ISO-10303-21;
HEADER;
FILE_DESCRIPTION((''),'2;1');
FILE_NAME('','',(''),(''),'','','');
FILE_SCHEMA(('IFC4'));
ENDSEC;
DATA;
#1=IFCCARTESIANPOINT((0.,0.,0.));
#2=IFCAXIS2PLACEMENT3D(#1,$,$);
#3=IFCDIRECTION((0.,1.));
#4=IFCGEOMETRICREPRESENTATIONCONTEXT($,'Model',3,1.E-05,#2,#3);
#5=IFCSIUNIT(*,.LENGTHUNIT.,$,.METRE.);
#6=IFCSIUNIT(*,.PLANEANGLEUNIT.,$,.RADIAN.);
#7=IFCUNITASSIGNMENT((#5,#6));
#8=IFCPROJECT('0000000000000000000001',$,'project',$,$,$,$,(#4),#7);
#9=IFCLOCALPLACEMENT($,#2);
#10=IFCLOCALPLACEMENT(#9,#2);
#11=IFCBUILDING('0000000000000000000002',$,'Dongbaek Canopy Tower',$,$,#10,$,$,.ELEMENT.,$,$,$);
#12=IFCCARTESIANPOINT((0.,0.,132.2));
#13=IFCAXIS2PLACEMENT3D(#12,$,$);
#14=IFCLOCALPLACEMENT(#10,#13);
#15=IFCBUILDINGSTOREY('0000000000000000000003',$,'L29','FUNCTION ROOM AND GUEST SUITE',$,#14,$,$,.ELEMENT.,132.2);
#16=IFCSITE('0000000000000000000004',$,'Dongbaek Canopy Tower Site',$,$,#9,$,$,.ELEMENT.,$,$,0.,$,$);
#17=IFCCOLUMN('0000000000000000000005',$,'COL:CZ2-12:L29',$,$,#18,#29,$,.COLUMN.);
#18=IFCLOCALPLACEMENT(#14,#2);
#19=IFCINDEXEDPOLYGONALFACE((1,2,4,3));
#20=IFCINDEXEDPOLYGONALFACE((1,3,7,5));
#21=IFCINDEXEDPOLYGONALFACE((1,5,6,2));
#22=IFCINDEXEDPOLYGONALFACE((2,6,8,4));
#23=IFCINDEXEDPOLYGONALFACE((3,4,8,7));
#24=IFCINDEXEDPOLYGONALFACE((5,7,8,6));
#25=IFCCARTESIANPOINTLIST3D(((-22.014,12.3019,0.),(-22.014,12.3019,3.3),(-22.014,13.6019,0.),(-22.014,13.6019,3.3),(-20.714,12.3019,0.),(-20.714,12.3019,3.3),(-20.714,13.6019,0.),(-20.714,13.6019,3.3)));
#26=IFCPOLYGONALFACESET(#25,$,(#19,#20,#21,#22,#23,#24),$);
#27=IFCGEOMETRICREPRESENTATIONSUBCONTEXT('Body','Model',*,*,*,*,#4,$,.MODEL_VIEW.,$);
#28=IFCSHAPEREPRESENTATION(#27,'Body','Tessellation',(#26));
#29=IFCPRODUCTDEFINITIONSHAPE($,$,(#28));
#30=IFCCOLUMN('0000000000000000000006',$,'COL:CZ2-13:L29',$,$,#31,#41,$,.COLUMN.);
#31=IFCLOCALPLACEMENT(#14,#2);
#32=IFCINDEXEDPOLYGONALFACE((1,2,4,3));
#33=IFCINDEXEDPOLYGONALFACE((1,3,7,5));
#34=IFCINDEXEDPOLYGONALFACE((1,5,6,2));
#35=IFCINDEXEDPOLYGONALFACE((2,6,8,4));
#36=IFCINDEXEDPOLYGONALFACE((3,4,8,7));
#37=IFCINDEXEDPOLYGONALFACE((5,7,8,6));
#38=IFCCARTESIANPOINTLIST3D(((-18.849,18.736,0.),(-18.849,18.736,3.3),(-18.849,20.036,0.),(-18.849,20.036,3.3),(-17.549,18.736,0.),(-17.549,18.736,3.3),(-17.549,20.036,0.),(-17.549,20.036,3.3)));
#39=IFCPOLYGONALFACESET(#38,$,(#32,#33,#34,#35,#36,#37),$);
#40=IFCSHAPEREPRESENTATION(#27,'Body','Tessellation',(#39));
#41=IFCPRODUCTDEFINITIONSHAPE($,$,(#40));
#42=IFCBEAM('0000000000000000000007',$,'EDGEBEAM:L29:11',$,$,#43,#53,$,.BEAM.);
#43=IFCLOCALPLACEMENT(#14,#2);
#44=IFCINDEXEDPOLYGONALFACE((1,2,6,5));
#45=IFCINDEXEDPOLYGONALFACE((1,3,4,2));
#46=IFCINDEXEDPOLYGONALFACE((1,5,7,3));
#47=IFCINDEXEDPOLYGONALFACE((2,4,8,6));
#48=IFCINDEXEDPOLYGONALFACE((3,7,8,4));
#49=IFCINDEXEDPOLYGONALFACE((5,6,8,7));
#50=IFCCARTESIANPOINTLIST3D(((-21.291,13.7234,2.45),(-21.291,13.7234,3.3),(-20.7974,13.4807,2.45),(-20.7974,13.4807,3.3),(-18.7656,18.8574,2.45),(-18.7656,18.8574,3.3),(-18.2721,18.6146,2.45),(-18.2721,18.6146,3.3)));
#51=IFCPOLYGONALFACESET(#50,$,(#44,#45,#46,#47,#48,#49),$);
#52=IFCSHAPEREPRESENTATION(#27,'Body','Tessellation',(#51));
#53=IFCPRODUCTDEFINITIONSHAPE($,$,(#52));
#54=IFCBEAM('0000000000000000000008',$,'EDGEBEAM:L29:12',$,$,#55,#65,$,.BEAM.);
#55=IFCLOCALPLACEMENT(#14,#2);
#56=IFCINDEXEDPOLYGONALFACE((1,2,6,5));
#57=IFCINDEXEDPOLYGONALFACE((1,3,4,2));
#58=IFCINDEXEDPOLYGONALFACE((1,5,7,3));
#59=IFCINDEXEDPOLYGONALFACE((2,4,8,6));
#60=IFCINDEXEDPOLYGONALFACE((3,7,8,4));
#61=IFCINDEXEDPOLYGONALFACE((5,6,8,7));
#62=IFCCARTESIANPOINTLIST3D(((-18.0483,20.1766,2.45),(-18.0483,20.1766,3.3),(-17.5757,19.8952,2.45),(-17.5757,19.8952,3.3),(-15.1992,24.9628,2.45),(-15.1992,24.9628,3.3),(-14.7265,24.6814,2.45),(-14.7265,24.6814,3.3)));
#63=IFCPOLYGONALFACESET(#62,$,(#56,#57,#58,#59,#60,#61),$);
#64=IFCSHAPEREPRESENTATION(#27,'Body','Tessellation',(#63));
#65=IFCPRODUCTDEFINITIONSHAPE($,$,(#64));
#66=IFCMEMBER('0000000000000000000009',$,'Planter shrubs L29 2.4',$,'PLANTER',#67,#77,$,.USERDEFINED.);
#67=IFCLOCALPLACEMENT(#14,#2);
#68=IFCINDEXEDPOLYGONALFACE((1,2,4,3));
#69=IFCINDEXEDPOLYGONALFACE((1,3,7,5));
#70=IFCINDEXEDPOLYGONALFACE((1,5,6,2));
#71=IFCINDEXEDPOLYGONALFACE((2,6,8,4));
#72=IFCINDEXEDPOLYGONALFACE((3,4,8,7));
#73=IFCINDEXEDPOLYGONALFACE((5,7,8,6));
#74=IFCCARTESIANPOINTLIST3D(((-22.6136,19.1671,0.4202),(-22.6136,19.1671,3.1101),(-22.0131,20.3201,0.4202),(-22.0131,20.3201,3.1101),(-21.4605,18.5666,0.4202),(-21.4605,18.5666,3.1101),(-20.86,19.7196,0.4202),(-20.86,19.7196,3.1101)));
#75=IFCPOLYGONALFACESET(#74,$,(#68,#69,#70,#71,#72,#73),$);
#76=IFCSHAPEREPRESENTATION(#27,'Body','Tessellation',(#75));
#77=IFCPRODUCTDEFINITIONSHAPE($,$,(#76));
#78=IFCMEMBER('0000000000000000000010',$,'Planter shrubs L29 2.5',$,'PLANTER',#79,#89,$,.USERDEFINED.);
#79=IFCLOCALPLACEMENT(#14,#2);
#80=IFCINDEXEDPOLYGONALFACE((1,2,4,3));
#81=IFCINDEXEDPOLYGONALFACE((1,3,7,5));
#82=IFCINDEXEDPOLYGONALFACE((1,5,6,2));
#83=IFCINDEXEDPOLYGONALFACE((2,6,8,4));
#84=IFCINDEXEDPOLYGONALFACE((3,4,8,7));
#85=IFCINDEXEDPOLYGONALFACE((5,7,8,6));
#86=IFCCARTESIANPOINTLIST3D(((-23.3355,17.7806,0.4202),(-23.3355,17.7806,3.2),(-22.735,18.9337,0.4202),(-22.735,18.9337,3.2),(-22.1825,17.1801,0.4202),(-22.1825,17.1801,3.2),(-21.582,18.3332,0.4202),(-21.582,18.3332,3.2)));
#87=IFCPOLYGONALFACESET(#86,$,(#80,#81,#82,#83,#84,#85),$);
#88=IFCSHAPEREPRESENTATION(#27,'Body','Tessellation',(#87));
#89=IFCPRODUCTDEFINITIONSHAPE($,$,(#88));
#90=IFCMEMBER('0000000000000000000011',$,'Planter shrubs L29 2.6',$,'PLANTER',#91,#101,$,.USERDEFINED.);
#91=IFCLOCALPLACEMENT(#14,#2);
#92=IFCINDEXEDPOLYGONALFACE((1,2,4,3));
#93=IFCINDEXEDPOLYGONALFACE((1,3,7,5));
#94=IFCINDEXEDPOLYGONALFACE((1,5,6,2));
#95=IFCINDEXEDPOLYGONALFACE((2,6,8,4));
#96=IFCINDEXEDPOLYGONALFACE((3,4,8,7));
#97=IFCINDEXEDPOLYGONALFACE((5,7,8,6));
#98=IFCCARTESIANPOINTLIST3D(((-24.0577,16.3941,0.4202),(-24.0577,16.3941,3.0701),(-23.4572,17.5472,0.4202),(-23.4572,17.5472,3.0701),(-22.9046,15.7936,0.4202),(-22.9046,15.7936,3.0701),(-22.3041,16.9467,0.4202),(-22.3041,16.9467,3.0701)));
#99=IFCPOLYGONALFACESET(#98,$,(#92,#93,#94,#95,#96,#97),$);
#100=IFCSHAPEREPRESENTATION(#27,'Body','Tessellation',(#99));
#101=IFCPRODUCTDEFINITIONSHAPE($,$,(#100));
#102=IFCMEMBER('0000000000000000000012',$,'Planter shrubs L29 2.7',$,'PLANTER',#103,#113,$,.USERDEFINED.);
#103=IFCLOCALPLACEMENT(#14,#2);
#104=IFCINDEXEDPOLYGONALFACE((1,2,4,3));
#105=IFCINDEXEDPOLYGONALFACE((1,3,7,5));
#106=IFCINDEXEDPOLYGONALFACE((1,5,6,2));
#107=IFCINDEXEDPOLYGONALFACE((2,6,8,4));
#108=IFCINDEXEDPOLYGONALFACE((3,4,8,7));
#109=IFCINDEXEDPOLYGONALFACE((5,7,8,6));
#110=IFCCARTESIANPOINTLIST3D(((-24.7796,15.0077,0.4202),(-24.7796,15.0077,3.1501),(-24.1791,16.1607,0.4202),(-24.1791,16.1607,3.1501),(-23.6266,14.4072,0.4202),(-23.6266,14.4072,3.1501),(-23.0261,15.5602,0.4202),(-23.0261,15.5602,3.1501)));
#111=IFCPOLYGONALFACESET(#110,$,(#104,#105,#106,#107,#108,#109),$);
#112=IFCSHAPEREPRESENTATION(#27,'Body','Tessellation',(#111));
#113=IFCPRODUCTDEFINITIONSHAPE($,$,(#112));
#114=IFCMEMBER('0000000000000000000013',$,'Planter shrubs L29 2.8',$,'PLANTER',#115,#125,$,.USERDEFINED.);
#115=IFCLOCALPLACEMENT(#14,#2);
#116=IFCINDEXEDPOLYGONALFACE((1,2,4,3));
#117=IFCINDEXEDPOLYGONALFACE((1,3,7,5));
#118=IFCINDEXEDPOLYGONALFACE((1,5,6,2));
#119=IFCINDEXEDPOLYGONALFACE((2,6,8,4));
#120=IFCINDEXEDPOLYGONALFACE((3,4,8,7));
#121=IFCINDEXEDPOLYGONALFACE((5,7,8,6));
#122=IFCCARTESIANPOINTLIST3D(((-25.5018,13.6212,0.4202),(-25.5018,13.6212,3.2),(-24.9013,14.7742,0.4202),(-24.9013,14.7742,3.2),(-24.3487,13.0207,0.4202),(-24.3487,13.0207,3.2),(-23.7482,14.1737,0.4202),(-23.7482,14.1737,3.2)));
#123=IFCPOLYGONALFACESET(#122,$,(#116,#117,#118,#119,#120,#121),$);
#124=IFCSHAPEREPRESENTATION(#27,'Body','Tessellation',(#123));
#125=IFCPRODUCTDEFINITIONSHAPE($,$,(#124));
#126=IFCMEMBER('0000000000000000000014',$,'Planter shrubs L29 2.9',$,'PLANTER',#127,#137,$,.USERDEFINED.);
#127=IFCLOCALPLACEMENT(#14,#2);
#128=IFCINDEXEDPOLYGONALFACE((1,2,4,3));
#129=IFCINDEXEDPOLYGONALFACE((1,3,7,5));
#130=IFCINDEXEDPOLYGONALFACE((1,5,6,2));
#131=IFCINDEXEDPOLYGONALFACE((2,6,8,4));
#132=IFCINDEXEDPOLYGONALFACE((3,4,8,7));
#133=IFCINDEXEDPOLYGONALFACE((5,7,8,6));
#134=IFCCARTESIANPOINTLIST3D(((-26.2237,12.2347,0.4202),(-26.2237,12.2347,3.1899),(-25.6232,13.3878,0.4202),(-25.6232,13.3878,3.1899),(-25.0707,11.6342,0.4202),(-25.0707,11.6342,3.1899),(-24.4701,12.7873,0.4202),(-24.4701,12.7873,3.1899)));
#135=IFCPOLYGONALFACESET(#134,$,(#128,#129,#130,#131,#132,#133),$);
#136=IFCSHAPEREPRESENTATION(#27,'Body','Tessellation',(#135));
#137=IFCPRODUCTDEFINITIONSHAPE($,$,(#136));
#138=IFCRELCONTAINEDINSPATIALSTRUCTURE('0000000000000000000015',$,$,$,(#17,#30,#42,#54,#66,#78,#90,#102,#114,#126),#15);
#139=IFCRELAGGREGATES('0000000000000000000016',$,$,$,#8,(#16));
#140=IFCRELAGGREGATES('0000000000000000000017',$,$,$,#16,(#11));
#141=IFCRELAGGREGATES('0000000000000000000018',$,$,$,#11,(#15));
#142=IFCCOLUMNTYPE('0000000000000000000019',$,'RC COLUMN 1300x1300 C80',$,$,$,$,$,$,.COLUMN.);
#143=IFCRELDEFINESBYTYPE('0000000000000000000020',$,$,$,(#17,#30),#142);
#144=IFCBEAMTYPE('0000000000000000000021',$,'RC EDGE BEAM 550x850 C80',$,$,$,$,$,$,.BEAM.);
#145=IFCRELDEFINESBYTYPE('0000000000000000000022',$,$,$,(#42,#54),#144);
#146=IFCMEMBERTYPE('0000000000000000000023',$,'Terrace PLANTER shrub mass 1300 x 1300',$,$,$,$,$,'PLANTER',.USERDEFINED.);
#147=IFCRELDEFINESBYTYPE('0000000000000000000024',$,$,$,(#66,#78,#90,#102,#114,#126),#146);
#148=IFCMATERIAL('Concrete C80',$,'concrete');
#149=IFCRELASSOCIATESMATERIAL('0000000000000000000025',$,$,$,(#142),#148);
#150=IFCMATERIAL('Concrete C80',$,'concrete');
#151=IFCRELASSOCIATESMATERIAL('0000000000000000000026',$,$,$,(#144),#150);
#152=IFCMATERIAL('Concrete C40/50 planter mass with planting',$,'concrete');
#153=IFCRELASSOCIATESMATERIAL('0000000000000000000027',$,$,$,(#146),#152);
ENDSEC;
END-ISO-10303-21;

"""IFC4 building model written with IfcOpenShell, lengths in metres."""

from ifc_helpers import new_model, si_unit, direction, frame, origin, origin_2d, place, context, subcontext, project, spatial, rectangle, extrude, material, material_profile, profile_set, type_object, element, save


model = new_model("IFC4")

# Units and contexts
model_context = context("Model", 3, precision=1e-05, world=origin(), true_north=direction((0.0, 1.0)))
body_context = subcontext(model_context, "Body", "Model", "MODEL_VIEW")
ifc_project = project(units=[si_unit("LENGTHUNIT", "METRE"), si_unit("PLANEANGLEUNIT", "RADIAN")], contexts=[model_context])

# Site, building, storey
site_placement = place(None, origin())
site = spatial("IfcSite", under=ifc_project, at=site_placement, Name="Dongbaek Canopy Tower Site", CompositionType="ELEMENT", RefElevation=0.0)
building_placement = place(site_placement, origin())
building = spatial("IfcBuilding", under=site, at=building_placement, Name="Dongbaek Canopy Tower", CompositionType="ELEMENT")
storey_placement = place(building_placement, frame((0.0, 0.0, 132.2)))
storey = spatial("IfcBuildingStorey", under=building, at=storey_placement, Name="L29", Description="FUNCTION ROOM AND GUEST SUITE", CompositionType="ELEMENT", Elevation=132.2)

# Columns
ifc_material_1 = material(Name="Concrete C80", Category="concrete")
ifc_material_profile_1 = material_profile(ifc_material_1, rectangle(XDim=1.3, YDim=1.3, at=origin_2d()), Name="RC COLUMN 1300x1300 C80")
ifc_profile_set_1 = profile_set([ifc_material_profile_1], Name="Concrete C80")
column_type = type_object("IfcColumnType", Name="RC COLUMN 1300x1300 C80", PredefinedType="COLUMN", material=ifc_profile_set_1)
for number, where, z_axis, x_axis, name in (
    (1, (-21.364, 12.9519, 0.0), (0.0, 0.0, 1.0), (1.0, 0.0, 0.0), "COL:CZ2-12:L29"),
    (2, (-18.199, 19.386, 0.0), (0.0, 0.0, 1.0), (1.0, 0.0, 0.0), "COL:CZ2-13:L29"),
):
    element("IfcColumn", number, at=place(storey_placement, frame(where, z_axis=z_axis, x_axis=x_axis)), inside=storey, type_object=column_type, Name=name, PredefinedType="COLUMN", context=body_context, shape_type="SweptSolid", body=[
        extrude(rectangle(XDim=1.3, YDim=1.3, at=origin_2d()), origin(), (0.0, 0.0, 1.0), 3.3),
    ])

# Beams
ifc_material_2 = material(Name="Concrete C80", Category="concrete")
ifc_material_profile_2 = material_profile(ifc_material_2, rectangle(XDim=0.55, YDim=0.8501, at=origin_2d()), Name="RC EDGE BEAM 550x850 C80")
ifc_profile_set_2 = profile_set([ifc_material_profile_2], Name="Concrete C80")
beam_type = type_object("IfcBeamType", Name="RC EDGE BEAM 550x850 C80", PredefinedType="BEAM", material=ifc_profile_set_2)
beam_1_placement = place(storey_placement, frame((-21.0442, 13.6021, 2.875), z_axis=(0.441384, 0.897318, 0.0), x_axis=(-0.897318, 0.441384, 0.0)))
element("IfcBeam", 3, at=beam_1_placement, inside=storey, type_object=beam_type, Name="EDGEBEAM:L29:11", PredefinedType="BEAM", context=body_context, shape_type="SweptSolid", body=[
    extrude(rectangle(XDim=0.55, YDim=0.8501, at=origin_2d()), origin(), (0.0, 0.0, 1.0), 5.7214),
])
beam_2_placement = place(storey_placement, frame((-17.812, 20.0359, 2.875), z_axis=(0.511515, 0.859275, 0.0), x_axis=(-0.859275, 0.511515, 0.0)))
element("IfcBeam", 4, at=beam_2_placement, inside=storey, type_object=beam_type, Name="EDGEBEAM:L29:12", PredefinedType="BEAM", context=body_context, shape_type="SweptSolid", body=[
    extrude(rectangle(XDim=0.55, YDim=0.8501, at=origin_2d()), origin(), (0.0, 0.0, 1.0), 5.5701),
])

# Members
ifc_material_3 = material(Name="Concrete C40/50 planter mass with planting", Category="concrete")
ifc_material_profile_3 = material_profile(ifc_material_3, rectangle(XDim=1.3, YDim=1.3, at=origin_2d()), Name="Terrace PLANTER shrub mass 1300 x 1300")
ifc_profile_set_3 = profile_set([ifc_material_profile_3], Name="Concrete C40/50 planter mass with planting")
member_type = type_object("IfcMemberType", Name="Terrace PLANTER shrub mass 1300 x 1300", ElementType="PLANTER", PredefinedType="USERDEFINED", material=ifc_profile_set_3)
member_1_placement = place(storey_placement, frame((-21.7368, 19.4434, 0.4202), z_axis=(0.0, 0.0, 1.0), x_axis=(-0.886927, 0.46191, 0.0)))
element("IfcMember", 5, at=member_1_placement, inside=storey, type_object=member_type, Name="Planter shrubs L29 2.4", ObjectType="PLANTER", PredefinedType="USERDEFINED", context=body_context, shape_type="SweptSolid", body=[
    extrude(rectangle(XDim=1.3, YDim=1.3, at=origin_2d()), origin(), (0.0, 0.0, 1.0), 2.6899),
])
member_2_placement = place(storey_placement, frame((-22.4587, 18.0569, 0.4202), z_axis=(0.0, 0.0, 1.0), x_axis=(-0.886927, 0.46191, 0.0)))
element("IfcMember", 6, at=member_2_placement, inside=storey, type_object=member_type, Name="Planter shrubs L29 2.5", ObjectType="PLANTER", PredefinedType="USERDEFINED", context=body_context, shape_type="SweptSolid", body=[
    extrude(rectangle(XDim=1.3, YDim=1.3, at=origin_2d()), origin(), (0.0, 0.0, 1.0), 2.7798),
])
member_3_placement = place(storey_placement, frame((-23.1809, 16.6704, 0.4202), z_axis=(0.0, 0.0, 1.0), x_axis=(-0.886927, 0.46191, 0.0)))
element("IfcMember", 7, at=member_3_placement, inside=storey, type_object=member_type, Name="Planter shrubs L29 2.6", ObjectType="PLANTER", PredefinedType="USERDEFINED", context=body_context, shape_type="SweptSolid", body=[
    extrude(rectangle(XDim=1.3, YDim=1.3, at=origin_2d()), origin(), (0.0, 0.0, 1.0), 2.6499),
])
member_4_placement = place(storey_placement, frame((-23.9028, 15.2839, 0.4202), z_axis=(0.0, 0.0, 1.0), x_axis=(-0.886927, 0.46191, 0.0)))
element("IfcMember", 8, at=member_4_placement, inside=storey, type_object=member_type, Name="Planter shrubs L29 2.7", ObjectType="PLANTER", PredefinedType="USERDEFINED", context=body_context, shape_type="SweptSolid", body=[
    extrude(rectangle(XDim=1.3, YDim=1.3, at=origin_2d()), origin(), (0.0, 0.0, 1.0), 2.73),
])
member_5_placement = place(storey_placement, frame((-24.625, 13.8975, 0.4202), z_axis=(0.0, 0.0, 1.0), x_axis=(-0.886927, 0.46191, 0.0)))
element("IfcMember", 9, at=member_5_placement, inside=storey, type_object=member_type, Name="Planter shrubs L29 2.8", ObjectType="PLANTER", PredefinedType="USERDEFINED", context=body_context, shape_type="SweptSolid", body=[
    extrude(rectangle(XDim=1.3, YDim=1.3, at=origin_2d()), origin(), (0.0, 0.0, 1.0), 2.7798),
])
member_6_placement = place(storey_placement, frame((-25.3469, 12.511, 0.4202), z_axis=(0.0, 0.0, 1.0), x_axis=(-0.886927, 0.46191, 0.0)))
element("IfcMember", 10, at=member_6_placement, inside=storey, type_object=member_type, Name="Planter shrubs L29 2.9", ObjectType="PLANTER", PredefinedType="USERDEFINED", context=body_context, shape_type="SweptSolid", body=[
    extrude(rectangle(XDim=1.3, YDim=1.3, at=origin_2d()), origin(), (0.0, 0.0, 1.0), 2.7698),
])

save(model, "model.ifc")
